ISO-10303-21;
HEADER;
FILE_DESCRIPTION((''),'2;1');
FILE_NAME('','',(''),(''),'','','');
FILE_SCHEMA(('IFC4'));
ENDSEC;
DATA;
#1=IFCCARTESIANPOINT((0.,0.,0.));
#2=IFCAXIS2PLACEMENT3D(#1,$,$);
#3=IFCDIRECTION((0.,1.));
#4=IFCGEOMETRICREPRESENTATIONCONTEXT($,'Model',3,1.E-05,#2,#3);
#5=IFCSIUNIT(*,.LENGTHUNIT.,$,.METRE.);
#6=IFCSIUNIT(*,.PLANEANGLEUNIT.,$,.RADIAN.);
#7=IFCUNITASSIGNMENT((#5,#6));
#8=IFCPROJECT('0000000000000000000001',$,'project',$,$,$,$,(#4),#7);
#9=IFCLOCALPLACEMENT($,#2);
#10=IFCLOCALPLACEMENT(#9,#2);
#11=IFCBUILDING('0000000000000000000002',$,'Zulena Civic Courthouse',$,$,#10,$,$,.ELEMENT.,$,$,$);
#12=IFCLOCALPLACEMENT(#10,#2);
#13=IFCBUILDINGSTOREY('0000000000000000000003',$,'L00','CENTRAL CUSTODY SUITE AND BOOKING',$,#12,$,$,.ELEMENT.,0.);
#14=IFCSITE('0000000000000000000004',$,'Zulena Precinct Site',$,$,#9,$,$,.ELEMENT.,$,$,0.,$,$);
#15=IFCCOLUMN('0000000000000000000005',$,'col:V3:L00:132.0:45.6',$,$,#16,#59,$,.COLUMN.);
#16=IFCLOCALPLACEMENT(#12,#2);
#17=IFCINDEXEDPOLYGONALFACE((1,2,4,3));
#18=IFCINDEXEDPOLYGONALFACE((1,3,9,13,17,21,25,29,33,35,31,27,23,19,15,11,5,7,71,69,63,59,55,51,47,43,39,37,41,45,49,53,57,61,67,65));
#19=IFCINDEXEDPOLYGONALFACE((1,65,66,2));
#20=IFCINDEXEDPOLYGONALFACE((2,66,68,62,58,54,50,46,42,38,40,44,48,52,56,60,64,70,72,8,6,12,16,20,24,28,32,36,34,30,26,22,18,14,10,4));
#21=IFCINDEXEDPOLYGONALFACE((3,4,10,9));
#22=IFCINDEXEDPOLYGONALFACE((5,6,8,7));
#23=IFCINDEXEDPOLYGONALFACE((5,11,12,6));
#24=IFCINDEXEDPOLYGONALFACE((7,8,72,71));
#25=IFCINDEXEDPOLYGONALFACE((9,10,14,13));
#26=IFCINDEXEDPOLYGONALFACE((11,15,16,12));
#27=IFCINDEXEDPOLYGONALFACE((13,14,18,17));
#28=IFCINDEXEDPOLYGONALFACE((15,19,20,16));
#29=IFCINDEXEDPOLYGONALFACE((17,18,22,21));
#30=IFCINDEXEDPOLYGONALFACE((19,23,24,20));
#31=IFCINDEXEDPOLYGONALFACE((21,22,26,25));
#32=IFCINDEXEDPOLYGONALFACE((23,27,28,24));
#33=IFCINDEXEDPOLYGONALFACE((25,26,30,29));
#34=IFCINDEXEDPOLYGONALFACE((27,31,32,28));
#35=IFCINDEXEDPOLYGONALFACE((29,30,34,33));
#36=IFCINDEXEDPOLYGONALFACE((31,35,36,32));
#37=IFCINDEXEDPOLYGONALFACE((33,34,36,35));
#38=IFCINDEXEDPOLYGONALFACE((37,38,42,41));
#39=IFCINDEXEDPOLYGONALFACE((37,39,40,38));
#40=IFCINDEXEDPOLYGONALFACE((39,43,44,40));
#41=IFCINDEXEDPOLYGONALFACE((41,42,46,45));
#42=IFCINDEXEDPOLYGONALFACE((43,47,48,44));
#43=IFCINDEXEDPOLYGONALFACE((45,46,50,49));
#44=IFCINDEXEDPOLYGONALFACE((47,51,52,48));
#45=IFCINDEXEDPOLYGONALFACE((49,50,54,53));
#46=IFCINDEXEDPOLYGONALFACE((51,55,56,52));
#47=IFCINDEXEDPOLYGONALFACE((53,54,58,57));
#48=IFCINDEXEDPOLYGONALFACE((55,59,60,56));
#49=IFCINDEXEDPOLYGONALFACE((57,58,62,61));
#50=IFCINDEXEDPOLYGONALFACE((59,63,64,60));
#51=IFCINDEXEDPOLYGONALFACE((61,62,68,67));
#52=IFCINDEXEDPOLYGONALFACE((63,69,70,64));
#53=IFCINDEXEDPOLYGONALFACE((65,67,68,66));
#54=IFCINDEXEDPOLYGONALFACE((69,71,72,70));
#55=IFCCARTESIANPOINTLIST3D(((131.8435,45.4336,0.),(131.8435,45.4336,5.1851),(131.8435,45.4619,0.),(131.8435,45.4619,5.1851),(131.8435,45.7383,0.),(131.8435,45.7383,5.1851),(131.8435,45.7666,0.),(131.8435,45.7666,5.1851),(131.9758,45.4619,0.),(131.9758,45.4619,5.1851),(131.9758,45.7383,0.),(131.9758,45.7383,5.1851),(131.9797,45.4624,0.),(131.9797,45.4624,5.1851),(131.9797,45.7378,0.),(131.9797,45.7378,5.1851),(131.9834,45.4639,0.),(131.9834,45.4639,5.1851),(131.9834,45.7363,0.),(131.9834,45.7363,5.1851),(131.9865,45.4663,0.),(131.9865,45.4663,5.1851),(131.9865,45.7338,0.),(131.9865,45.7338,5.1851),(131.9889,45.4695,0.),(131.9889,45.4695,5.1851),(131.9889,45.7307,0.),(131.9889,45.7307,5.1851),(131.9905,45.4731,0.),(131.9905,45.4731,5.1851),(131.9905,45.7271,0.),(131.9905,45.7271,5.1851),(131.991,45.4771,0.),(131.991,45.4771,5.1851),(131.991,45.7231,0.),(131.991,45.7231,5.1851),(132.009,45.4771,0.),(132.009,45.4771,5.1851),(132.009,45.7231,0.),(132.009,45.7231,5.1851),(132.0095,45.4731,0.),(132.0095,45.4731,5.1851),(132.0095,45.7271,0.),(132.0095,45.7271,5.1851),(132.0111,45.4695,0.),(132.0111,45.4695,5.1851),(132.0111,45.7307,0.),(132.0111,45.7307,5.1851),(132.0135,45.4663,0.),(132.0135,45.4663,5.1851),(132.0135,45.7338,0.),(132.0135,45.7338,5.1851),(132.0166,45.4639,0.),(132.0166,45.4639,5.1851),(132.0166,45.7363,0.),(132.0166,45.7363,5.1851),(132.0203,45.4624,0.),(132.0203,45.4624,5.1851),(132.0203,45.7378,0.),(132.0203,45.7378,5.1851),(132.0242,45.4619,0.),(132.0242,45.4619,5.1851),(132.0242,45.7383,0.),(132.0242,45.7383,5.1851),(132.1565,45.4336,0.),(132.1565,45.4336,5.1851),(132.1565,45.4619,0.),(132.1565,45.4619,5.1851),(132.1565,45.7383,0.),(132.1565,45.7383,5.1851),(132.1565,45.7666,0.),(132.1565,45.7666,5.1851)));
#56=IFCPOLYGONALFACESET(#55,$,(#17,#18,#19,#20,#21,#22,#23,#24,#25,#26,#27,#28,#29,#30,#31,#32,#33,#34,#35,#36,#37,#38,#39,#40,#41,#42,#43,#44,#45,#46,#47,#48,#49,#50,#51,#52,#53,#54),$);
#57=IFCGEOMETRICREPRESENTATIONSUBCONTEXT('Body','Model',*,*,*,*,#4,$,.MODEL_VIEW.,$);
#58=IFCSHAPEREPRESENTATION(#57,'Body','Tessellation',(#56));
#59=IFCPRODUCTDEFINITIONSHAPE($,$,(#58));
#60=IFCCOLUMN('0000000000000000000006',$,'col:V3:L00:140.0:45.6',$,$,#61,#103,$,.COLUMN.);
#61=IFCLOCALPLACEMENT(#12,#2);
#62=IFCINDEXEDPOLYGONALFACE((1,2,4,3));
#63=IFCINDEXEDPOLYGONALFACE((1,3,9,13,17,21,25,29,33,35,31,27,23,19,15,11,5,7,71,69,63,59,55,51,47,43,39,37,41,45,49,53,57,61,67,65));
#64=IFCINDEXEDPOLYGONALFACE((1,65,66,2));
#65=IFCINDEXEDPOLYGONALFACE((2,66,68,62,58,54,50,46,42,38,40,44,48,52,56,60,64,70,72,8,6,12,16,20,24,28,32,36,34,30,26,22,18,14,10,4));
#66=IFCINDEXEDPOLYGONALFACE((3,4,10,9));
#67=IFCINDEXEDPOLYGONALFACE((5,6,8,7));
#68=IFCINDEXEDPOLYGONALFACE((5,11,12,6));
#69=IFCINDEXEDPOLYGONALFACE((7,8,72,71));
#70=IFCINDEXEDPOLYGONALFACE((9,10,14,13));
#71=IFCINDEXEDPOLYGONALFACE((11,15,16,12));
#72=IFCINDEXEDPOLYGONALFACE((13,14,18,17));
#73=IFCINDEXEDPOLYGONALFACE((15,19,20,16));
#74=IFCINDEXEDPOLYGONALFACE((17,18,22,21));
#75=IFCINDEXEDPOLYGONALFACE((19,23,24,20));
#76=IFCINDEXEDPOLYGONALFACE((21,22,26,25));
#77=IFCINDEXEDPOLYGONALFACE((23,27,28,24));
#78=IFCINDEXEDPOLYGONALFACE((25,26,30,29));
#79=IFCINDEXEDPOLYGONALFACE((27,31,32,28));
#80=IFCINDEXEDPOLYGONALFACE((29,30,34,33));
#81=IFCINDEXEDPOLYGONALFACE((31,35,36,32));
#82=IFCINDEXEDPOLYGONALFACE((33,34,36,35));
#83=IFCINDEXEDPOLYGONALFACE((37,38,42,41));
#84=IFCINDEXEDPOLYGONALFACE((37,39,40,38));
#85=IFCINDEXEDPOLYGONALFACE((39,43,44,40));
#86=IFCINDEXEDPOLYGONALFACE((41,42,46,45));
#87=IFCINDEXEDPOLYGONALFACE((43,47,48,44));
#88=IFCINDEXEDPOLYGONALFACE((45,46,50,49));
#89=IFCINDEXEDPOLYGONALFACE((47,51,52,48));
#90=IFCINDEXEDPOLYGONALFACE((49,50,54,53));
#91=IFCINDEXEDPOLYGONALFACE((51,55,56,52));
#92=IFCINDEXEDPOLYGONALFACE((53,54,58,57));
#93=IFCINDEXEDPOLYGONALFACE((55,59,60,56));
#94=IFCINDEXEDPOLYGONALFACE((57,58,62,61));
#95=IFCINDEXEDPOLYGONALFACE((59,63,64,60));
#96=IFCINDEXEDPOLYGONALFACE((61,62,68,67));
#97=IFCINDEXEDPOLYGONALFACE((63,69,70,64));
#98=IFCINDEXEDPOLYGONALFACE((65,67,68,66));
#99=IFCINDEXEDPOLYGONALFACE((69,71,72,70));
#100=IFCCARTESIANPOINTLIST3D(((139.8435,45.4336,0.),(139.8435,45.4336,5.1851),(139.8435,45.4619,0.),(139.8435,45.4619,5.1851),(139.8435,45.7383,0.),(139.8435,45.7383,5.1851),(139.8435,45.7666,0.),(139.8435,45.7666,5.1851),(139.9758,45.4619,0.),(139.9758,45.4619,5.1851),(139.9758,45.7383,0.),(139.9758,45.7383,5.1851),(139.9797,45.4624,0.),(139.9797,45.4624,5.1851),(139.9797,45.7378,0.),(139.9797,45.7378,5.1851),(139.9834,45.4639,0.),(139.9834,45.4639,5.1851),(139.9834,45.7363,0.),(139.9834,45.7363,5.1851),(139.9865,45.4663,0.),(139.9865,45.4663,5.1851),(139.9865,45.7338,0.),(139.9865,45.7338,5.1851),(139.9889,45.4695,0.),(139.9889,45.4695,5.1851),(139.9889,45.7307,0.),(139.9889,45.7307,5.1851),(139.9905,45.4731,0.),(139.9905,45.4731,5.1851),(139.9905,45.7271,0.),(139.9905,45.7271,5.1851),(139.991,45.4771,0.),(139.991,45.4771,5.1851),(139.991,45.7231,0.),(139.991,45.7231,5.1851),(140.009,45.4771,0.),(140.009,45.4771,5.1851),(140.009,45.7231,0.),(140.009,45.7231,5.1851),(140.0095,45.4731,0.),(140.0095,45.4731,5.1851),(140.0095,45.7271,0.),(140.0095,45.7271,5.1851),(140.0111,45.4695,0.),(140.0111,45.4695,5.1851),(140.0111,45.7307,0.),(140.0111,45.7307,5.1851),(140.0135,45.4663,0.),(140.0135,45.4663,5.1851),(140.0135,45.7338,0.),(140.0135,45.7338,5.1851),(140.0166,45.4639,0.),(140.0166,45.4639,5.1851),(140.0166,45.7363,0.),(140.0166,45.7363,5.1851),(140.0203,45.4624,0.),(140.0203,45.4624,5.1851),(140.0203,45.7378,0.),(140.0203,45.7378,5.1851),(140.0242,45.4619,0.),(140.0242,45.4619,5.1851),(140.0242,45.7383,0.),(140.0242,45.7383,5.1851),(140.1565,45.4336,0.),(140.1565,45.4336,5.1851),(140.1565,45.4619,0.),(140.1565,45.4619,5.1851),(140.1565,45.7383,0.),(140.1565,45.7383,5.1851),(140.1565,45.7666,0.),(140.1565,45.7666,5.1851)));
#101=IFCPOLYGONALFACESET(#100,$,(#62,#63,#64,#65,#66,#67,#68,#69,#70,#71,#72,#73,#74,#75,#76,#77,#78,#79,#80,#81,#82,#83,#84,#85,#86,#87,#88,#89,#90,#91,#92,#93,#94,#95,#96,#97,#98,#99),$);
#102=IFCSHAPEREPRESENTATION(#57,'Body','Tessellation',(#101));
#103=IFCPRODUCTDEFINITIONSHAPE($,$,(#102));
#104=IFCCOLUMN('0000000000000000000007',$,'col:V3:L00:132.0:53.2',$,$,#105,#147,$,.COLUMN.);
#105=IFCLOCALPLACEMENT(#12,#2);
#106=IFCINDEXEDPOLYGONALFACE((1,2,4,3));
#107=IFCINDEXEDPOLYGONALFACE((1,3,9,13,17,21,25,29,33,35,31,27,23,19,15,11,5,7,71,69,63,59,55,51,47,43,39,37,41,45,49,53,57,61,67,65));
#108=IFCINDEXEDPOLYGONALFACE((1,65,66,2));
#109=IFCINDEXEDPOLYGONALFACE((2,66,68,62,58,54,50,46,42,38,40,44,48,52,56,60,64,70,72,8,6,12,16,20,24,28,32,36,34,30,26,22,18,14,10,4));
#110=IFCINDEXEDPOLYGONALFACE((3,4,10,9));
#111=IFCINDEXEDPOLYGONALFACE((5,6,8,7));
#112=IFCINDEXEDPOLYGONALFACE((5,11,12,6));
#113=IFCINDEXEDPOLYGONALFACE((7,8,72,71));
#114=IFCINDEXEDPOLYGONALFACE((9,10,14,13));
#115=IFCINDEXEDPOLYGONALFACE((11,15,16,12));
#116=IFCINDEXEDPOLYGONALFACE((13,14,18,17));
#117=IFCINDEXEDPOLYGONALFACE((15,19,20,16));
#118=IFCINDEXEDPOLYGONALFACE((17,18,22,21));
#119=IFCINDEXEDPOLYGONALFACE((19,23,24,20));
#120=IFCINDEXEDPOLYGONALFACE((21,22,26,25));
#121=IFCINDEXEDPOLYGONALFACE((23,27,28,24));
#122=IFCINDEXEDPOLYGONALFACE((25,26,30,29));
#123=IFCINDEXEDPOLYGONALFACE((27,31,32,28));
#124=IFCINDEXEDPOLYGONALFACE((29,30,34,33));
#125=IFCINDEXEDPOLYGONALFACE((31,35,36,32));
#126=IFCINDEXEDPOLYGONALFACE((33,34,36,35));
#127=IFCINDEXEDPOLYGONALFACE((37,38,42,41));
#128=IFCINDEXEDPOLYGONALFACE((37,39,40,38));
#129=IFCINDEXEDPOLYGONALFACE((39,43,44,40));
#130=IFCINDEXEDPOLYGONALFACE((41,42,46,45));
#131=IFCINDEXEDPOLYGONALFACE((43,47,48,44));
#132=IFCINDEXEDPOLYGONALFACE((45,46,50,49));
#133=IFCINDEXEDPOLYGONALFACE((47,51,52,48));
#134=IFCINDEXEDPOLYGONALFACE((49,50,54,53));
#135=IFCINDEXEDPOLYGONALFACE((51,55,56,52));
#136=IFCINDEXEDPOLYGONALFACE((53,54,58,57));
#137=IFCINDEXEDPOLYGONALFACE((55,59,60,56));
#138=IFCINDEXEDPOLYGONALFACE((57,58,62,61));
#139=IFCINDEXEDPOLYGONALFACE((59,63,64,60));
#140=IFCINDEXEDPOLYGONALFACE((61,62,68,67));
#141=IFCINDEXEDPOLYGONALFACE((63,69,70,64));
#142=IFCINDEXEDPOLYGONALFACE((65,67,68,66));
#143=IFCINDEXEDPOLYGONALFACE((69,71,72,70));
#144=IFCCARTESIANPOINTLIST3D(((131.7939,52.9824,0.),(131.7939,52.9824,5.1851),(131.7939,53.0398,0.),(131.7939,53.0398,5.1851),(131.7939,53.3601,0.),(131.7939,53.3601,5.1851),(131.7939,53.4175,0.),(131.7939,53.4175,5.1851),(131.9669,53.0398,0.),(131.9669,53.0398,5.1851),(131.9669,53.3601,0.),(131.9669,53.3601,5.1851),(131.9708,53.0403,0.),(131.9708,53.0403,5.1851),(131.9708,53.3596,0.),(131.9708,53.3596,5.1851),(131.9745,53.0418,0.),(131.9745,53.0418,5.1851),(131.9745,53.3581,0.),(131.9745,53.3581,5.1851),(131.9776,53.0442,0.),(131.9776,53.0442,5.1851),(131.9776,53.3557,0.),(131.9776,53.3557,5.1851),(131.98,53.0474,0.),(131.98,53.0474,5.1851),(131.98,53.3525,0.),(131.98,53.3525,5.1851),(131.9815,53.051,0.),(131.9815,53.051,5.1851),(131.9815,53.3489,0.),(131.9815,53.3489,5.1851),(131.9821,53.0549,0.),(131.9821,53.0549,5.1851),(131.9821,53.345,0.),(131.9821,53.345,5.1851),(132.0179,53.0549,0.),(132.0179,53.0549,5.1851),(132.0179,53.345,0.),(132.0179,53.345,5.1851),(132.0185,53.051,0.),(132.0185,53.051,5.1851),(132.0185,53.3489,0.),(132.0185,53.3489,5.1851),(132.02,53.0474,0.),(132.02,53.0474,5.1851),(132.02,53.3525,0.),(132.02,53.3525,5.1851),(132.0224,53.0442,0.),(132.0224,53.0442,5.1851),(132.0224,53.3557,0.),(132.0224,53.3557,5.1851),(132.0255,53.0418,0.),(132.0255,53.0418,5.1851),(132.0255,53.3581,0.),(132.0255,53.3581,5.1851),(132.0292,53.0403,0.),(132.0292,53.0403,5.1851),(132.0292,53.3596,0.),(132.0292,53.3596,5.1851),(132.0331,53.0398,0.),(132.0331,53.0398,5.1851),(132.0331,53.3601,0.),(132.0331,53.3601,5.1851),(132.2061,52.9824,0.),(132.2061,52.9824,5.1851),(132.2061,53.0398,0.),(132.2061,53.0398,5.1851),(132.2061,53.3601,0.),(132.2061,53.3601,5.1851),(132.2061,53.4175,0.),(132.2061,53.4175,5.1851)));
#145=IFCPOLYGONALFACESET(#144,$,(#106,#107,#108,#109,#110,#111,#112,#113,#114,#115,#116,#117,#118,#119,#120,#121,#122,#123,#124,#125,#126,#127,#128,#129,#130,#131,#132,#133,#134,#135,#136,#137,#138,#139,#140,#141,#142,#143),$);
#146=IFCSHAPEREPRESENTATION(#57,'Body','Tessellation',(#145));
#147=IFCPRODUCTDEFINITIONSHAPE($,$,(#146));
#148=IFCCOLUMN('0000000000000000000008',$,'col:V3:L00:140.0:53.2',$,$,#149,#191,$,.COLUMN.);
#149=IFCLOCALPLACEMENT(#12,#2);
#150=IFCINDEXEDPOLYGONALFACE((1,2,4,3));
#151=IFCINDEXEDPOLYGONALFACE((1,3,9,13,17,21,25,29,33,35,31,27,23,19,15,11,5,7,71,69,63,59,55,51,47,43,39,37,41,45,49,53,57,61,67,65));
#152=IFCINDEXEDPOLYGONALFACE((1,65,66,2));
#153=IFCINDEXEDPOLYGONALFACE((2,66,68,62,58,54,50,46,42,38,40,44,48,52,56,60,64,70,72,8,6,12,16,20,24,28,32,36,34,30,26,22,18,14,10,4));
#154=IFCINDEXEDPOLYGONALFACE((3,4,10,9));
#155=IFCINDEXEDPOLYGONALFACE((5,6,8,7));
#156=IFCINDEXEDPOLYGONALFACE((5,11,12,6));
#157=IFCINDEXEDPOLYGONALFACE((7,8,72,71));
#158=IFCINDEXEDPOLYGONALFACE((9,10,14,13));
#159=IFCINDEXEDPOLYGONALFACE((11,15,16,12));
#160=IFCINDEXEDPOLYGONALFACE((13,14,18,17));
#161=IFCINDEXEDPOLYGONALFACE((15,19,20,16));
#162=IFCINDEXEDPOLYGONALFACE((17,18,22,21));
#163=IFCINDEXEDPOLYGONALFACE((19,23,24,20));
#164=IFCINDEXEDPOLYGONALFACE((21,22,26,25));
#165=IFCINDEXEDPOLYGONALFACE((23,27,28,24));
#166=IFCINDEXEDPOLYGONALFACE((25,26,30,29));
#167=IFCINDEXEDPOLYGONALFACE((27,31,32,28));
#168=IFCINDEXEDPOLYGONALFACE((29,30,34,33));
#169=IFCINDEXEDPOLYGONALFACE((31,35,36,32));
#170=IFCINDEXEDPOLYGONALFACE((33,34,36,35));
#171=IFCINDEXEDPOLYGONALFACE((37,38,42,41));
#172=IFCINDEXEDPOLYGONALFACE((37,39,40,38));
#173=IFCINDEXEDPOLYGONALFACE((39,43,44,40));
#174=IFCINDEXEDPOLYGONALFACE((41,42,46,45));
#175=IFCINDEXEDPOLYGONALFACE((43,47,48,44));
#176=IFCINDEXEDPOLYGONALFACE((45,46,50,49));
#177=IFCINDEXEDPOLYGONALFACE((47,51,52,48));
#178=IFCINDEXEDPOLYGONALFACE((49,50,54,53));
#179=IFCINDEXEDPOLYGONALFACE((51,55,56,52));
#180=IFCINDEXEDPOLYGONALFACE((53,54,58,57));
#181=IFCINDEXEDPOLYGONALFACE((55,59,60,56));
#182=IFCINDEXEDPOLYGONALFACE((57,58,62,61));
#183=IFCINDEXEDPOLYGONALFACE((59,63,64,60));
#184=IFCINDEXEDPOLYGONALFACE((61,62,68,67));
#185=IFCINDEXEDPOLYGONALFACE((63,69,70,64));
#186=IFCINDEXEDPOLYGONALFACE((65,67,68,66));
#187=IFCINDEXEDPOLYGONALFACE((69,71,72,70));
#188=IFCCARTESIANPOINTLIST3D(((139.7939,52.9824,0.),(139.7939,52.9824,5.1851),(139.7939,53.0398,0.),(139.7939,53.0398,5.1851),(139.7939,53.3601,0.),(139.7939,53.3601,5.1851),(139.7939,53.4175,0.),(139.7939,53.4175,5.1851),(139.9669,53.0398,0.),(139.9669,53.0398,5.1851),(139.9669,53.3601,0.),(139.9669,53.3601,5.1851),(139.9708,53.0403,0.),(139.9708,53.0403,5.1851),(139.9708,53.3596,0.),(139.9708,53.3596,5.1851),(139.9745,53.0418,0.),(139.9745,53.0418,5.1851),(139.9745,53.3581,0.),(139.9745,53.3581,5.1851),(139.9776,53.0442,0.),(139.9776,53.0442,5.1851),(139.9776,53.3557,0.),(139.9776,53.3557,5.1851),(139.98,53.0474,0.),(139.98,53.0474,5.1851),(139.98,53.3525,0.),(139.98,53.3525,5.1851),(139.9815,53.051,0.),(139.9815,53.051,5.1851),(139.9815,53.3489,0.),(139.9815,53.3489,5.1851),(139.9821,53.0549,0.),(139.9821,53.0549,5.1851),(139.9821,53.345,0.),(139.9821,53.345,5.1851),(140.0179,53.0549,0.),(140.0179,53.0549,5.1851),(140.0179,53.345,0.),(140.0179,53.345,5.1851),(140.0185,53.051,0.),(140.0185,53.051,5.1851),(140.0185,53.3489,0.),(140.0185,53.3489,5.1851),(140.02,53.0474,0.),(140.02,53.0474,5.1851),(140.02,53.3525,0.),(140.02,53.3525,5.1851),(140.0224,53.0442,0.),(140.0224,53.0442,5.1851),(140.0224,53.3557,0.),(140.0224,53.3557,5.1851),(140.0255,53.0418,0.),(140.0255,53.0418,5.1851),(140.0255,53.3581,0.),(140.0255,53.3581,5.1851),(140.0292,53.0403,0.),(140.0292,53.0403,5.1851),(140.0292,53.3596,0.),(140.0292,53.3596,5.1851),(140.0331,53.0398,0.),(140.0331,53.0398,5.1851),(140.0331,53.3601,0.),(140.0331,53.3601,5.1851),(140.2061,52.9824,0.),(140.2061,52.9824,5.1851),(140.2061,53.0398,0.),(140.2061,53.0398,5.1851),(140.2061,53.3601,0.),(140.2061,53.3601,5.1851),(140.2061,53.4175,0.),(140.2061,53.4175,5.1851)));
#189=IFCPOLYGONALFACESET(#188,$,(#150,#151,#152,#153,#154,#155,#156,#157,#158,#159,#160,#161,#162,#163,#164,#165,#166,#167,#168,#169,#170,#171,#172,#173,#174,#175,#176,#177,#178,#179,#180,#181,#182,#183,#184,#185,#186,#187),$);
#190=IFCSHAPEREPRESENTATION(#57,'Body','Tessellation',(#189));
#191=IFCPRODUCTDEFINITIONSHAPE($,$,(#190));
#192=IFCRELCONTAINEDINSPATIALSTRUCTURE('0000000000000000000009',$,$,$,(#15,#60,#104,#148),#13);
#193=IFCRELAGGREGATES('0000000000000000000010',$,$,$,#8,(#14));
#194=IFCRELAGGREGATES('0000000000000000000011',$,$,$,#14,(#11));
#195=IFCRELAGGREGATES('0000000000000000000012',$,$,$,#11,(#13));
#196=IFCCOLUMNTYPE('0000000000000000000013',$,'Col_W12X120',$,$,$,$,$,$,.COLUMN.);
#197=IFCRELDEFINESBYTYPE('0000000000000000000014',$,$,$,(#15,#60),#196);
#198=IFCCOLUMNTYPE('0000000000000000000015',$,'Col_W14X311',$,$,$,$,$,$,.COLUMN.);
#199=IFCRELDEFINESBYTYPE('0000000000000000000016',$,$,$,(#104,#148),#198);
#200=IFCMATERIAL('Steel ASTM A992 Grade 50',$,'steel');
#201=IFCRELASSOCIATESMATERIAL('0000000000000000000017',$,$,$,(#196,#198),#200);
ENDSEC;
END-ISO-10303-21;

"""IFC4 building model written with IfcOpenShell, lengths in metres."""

from ifc_helpers import new_model, si_unit, direction, frame, origin, origin_2d, place, context, subcontext, project, spatial, i_section, extrude, material, material_profile, profile_set, type_object, element, save


model = new_model("IFC4")

# Units and contexts
model_context = context("Model", 3, precision=1e-05, world=origin(), true_north=direction((0.0, 1.0)))
body_context = subcontext(model_context, "Body", "Model", "MODEL_VIEW")
ifc_project = project(units=[si_unit("LENGTHUNIT", "METRE"), si_unit("PLANEANGLEUNIT", "RADIAN")], contexts=[model_context])

# Site, building, storey
site_placement = place(None, origin())
site = spatial("IfcSite", under=ifc_project, at=site_placement, Name="Zulena Precinct Site", CompositionType="ELEMENT", RefElevation=0.0)
building_placement = place(site_placement, origin())
building = spatial("IfcBuilding", under=site, at=building_placement, Name="Zulena Civic Courthouse", CompositionType="ELEMENT")
storey_placement = place(building_placement, origin())
storey = spatial("IfcBuildingStorey", under=building, at=storey_placement, Name="L00", Description="CENTRAL CUSTODY SUITE AND BOOKING", CompositionType="ELEMENT", Elevation=0.0)

# Columns
ifc_material_1 = material(Name="Steel ASTM A992 Grade 50", Category="steel")
ifc_material_profile_1 = material_profile(ifc_material_1, i_section(OverallWidth=0.313, OverallDepth=0.333, WebThickness=0.0181, FlangeThickness=0.0283, FilletRadius=0.0151, at=origin_2d()), Name="W12X120")
ifc_profile_set_1 = profile_set([ifc_material_profile_1], Name="Steel ASTM A992 Grade 50")
column_type_1 = type_object("IfcColumnType", Name="Col_W12X120", PredefinedType="COLUMN", material=ifc_profile_set_1)
for number, where, z_axis, x_axis, name in (
    (1, (132.0, 45.6001, 0.0), (0.0, 0.0, 1.0), (1.0, 0.0, 0.0), "col:V3:L00:132.0:45.6"),
    (2, (140.0, 45.6001, 0.0), (0.0, 0.0, 1.0), (1.0, 0.0, 0.0), "col:V3:L00:140.0:45.6"),
):
    element("IfcColumn", number, at=place(storey_placement, frame(where, z_axis=z_axis, x_axis=x_axis)), inside=storey, type_object=column_type_1, Name=name, PredefinedType="COLUMN", context=body_context, shape_type="SweptSolid", body=[
        extrude(i_section(OverallWidth=0.313, OverallDepth=0.333, WebThickness=0.0181, FlangeThickness=0.0283, FilletRadius=0.0151, at=origin_2d()), origin(), (0.0, 0.0, 1.0), 5.1851),
    ])
ifc_material_profile_2 = material_profile(ifc_material_1, i_section(OverallWidth=0.4121, OverallDepth=0.4351, WebThickness=0.0359, FlangeThickness=0.0574, FilletRadius=0.0151, at=origin_2d()), Name="W14X311")
ifc_profile_set_2 = profile_set([ifc_material_profile_2], Name="Steel ASTM A992 Grade 50")
column_type_2 = type_object("IfcColumnType", Name="Col_W14X311", PredefinedType="COLUMN", material=ifc_profile_set_2)
for number, where, z_axis, x_axis, name in (
    (3, (132.0, 53.2, 0.0), (0.0, 0.0, 1.0), (1.0, 0.0, 0.0), "col:V3:L00:132.0:53.2"),
    (4, (140.0, 53.2, 0.0), (0.0, 0.0, 1.0), (1.0, 0.0, 0.0), "col:V3:L00:140.0:53.2"),
):
    element("IfcColumn", number, at=place(storey_placement, frame(where, z_axis=z_axis, x_axis=x_axis)), inside=storey, type_object=column_type_2, Name=name, PredefinedType="COLUMN", context=body_context, shape_type="SweptSolid", body=[
        extrude(i_section(OverallWidth=0.4121, OverallDepth=0.4351, WebThickness=0.0359, FlangeThickness=0.0574, FilletRadius=0.0151, at=origin_2d()), origin(), (0.0, 0.0, 1.0), 5.1851),
    ])

save(model, "model.ifc")
